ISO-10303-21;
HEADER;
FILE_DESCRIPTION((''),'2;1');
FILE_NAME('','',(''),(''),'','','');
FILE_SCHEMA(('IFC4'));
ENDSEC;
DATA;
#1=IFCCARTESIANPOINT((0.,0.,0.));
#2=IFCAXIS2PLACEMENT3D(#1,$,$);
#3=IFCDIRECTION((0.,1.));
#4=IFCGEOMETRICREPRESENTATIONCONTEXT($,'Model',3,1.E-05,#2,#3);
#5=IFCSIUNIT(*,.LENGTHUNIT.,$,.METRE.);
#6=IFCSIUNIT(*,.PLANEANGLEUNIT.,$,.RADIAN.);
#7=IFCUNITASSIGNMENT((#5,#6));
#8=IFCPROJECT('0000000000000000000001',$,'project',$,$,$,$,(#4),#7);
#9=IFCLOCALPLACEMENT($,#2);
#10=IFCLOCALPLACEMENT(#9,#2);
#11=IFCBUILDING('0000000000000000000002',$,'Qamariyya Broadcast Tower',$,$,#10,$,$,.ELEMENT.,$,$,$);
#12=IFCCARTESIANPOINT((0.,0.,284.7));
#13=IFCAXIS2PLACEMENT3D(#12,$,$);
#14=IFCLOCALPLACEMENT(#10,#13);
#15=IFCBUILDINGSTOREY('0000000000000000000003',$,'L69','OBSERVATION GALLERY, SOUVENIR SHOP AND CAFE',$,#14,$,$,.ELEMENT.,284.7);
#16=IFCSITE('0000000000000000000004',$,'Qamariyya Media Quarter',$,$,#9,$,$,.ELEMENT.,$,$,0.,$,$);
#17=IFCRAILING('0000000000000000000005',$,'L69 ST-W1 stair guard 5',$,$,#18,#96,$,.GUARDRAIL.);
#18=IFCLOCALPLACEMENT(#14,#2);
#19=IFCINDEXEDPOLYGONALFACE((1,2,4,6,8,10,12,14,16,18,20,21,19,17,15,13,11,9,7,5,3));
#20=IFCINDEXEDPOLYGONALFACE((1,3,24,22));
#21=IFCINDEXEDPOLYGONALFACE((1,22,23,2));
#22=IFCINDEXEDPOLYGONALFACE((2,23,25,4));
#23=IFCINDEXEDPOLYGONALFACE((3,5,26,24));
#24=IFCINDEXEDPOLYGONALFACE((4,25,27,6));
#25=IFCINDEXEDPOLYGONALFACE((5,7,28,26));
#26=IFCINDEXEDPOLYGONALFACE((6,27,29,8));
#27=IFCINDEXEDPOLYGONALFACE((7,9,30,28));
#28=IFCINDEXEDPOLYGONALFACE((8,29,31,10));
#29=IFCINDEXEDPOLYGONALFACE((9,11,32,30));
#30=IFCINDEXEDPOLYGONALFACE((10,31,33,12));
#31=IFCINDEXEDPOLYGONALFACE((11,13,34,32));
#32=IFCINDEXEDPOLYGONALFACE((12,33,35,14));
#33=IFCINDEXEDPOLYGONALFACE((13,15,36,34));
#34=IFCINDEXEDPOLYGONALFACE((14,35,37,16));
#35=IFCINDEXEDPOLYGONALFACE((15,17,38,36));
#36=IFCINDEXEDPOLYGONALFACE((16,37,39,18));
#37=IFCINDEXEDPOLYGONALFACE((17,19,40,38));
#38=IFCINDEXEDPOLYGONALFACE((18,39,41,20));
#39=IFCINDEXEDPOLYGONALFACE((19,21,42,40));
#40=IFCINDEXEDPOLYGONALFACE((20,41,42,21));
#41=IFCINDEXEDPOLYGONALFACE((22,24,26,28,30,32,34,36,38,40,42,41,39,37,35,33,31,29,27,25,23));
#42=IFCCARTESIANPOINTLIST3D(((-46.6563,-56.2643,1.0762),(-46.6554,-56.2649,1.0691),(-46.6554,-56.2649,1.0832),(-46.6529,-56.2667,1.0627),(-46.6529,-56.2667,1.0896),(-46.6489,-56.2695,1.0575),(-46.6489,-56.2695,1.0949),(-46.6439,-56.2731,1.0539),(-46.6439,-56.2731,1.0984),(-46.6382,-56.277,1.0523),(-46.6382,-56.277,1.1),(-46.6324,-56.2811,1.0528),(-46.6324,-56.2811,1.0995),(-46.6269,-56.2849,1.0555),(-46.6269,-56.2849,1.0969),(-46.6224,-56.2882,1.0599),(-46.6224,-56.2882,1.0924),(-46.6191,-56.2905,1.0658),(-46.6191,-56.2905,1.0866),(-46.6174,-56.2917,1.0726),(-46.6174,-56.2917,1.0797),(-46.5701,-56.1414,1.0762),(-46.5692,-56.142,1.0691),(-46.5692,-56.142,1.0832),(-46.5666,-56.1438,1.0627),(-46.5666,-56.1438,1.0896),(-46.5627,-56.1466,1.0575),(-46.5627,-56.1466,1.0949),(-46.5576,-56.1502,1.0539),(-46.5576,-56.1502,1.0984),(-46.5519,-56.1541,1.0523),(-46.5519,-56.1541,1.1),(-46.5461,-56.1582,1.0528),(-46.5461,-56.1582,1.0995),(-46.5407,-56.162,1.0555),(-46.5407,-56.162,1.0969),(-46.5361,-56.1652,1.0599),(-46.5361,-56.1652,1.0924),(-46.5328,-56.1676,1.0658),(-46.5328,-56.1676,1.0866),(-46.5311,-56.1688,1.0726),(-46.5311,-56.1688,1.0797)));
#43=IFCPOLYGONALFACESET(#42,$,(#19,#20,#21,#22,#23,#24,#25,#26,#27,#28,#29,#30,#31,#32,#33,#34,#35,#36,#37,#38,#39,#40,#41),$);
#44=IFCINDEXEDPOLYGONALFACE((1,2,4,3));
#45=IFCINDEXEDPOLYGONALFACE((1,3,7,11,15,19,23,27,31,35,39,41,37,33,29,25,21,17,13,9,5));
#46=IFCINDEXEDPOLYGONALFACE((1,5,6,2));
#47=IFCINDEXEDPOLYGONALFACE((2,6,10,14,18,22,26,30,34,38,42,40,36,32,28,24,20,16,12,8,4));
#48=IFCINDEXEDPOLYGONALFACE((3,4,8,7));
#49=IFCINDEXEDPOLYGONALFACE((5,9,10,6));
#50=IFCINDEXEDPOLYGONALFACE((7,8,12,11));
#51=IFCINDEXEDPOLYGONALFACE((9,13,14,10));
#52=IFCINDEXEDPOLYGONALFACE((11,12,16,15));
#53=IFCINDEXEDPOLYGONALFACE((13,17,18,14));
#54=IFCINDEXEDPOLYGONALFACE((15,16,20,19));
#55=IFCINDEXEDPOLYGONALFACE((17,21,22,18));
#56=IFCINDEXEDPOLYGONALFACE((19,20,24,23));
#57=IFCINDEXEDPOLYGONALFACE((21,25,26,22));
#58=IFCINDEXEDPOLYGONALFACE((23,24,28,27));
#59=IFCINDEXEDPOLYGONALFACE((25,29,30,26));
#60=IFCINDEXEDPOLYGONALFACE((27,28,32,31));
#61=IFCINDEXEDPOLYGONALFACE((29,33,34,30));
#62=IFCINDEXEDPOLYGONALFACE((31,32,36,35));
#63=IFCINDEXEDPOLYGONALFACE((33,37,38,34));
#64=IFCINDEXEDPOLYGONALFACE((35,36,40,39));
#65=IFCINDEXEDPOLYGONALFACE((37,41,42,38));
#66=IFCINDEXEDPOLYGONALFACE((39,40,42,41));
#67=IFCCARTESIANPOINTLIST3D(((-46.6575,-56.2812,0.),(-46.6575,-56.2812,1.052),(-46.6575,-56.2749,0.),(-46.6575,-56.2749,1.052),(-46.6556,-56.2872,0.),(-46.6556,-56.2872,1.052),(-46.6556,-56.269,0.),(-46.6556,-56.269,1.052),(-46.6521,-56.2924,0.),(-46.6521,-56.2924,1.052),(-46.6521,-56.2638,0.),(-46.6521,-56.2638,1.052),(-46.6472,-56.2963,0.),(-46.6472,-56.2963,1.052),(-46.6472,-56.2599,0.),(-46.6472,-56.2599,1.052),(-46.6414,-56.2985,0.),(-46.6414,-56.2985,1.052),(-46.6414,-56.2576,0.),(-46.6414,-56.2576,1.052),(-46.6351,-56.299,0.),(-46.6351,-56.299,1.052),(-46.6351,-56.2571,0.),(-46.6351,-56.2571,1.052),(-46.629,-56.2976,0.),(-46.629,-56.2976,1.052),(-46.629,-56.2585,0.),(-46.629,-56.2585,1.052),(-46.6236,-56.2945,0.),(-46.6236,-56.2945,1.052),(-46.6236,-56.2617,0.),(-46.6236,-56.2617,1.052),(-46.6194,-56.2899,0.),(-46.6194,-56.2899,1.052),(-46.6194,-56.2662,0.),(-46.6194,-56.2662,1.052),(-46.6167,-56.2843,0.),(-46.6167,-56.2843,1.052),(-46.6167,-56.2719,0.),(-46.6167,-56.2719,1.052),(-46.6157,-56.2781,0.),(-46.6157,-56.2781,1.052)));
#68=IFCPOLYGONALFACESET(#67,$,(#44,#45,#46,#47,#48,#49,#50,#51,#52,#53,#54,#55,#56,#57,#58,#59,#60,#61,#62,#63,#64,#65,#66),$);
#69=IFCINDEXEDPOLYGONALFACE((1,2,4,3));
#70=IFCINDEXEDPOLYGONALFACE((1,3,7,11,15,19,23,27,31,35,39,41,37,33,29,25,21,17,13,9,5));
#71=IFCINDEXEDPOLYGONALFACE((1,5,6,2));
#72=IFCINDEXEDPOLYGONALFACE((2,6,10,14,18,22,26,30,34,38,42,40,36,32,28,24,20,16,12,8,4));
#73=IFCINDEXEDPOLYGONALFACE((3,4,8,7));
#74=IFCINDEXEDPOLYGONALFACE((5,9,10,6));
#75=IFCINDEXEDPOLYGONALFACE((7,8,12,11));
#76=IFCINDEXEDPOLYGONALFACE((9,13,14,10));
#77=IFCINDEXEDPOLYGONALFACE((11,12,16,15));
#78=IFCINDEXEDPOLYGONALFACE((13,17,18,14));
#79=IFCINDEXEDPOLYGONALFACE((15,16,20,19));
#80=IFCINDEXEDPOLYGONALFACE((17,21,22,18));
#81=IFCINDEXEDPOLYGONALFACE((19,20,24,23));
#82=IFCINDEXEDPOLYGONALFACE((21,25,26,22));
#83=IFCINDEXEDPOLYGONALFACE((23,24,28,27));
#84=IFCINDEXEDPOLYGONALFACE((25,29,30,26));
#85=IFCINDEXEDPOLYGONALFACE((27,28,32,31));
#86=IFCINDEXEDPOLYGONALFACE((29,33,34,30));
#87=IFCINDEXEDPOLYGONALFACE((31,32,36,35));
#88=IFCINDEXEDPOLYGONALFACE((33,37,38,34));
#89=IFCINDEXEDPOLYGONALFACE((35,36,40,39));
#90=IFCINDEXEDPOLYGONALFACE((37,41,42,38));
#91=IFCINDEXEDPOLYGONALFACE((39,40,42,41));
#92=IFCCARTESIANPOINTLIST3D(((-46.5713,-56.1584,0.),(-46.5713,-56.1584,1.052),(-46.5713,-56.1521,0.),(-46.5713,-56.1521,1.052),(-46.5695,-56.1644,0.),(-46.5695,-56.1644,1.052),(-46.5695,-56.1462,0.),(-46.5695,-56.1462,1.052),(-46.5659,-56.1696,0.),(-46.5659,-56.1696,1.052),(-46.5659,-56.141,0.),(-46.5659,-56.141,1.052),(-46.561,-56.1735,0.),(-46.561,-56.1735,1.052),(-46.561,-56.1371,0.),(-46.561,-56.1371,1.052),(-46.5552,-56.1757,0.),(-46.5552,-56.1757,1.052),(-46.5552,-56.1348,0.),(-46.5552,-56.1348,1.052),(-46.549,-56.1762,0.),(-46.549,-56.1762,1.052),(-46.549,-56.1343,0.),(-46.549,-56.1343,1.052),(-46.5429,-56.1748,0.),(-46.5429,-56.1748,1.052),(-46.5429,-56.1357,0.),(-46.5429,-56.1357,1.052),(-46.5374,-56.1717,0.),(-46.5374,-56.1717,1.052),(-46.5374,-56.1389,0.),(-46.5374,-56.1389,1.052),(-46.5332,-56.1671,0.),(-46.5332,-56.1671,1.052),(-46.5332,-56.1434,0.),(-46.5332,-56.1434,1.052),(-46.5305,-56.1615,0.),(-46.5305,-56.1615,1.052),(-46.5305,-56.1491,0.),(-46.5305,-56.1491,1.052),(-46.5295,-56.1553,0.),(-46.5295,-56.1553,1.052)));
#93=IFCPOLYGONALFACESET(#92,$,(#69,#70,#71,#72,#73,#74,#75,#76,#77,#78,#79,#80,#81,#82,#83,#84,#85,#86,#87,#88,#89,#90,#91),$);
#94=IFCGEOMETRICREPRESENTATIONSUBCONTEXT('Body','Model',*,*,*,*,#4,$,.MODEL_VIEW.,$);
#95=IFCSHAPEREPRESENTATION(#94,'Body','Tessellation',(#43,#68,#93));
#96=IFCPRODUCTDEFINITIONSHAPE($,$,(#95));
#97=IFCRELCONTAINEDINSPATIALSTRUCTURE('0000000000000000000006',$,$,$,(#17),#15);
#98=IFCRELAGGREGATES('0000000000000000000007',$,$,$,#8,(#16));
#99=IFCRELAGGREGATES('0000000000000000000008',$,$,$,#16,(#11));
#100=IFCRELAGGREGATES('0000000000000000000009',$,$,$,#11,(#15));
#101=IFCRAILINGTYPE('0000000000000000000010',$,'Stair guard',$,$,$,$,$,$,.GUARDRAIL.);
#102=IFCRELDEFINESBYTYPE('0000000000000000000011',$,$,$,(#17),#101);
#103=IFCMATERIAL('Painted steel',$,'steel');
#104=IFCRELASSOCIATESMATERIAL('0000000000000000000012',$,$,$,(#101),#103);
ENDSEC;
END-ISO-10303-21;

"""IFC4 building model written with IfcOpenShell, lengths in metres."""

from ifc_helpers import new_model, si_unit, direction, frame, origin, origin_2d, place, context, subcontext, project, spatial, circle, extrude, material, type_object, element, save


model = new_model("IFC4")

# Units and contexts
model_context = context("Model", 3, precision=1e-05, world=origin(), true_north=direction((0.0, 1.0)))
body_context = subcontext(model_context, "Body", "Model", "MODEL_VIEW")
ifc_project = project(units=[si_unit("LENGTHUNIT", "METRE"), si_unit("PLANEANGLEUNIT", "RADIAN")], contexts=[model_context])

# Site, building, storey
site_placement = place(None, origin())
site = spatial("IfcSite", under=ifc_project, at=site_placement, Name="Qamariyya Media Quarter", CompositionType="ELEMENT", RefElevation=0.0)
building_placement = place(site_placement, origin())
building = spatial("IfcBuilding", under=site, at=building_placement, Name="Qamariyya Broadcast Tower", CompositionType="ELEMENT")
storey_placement = place(building_placement, frame((0.0, 0.0, 284.7)))
storey = spatial("IfcBuildingStorey", under=building, at=storey_placement, Name="L69", Description="OBSERVATION GALLERY, SOUVENIR SHOP AND CAFE", CompositionType="ELEMENT", Elevation=284.7)

# Railing
ifc_material_1 = material(Name="Painted steel", Category="steel")
railing_type_1 = type_object("IfcRailingType", Name="Stair guard", PredefinedType="GUARDRAIL", material=ifc_material_1)
railing_1_placement = place(storey_placement, frame((-46.6367, -56.2781, 0.0)))
element("IfcRailing", 1, at=railing_1_placement, inside=storey, type_object=railing_type_1, Name="L69 ST-W1 stair guard 5", PredefinedType="GUARDRAIL", context=body_context, shape_type="SweptSolid", body=[
    extrude(circle(Radius=0.0239, at=origin_2d()), frame((0.0, 0.0, 1.0762), z_axis=(0.574445, 0.818543, 0.0), x_axis=(-0.818543, 0.574445, 0.0)), (0.0, 0.0, 1.0), 0.1501),
    extrude(circle(Radius=0.021, at=origin_2d()), origin(), (0.0, 0.0, 1.0), 1.052),
    extrude(circle(Radius=0.021, at=origin_2d()), frame((0.0862, 0.1228, 0.0)), (0.0, 0.0, 1.0), 1.052),
])

save(model, "model.ifc")
